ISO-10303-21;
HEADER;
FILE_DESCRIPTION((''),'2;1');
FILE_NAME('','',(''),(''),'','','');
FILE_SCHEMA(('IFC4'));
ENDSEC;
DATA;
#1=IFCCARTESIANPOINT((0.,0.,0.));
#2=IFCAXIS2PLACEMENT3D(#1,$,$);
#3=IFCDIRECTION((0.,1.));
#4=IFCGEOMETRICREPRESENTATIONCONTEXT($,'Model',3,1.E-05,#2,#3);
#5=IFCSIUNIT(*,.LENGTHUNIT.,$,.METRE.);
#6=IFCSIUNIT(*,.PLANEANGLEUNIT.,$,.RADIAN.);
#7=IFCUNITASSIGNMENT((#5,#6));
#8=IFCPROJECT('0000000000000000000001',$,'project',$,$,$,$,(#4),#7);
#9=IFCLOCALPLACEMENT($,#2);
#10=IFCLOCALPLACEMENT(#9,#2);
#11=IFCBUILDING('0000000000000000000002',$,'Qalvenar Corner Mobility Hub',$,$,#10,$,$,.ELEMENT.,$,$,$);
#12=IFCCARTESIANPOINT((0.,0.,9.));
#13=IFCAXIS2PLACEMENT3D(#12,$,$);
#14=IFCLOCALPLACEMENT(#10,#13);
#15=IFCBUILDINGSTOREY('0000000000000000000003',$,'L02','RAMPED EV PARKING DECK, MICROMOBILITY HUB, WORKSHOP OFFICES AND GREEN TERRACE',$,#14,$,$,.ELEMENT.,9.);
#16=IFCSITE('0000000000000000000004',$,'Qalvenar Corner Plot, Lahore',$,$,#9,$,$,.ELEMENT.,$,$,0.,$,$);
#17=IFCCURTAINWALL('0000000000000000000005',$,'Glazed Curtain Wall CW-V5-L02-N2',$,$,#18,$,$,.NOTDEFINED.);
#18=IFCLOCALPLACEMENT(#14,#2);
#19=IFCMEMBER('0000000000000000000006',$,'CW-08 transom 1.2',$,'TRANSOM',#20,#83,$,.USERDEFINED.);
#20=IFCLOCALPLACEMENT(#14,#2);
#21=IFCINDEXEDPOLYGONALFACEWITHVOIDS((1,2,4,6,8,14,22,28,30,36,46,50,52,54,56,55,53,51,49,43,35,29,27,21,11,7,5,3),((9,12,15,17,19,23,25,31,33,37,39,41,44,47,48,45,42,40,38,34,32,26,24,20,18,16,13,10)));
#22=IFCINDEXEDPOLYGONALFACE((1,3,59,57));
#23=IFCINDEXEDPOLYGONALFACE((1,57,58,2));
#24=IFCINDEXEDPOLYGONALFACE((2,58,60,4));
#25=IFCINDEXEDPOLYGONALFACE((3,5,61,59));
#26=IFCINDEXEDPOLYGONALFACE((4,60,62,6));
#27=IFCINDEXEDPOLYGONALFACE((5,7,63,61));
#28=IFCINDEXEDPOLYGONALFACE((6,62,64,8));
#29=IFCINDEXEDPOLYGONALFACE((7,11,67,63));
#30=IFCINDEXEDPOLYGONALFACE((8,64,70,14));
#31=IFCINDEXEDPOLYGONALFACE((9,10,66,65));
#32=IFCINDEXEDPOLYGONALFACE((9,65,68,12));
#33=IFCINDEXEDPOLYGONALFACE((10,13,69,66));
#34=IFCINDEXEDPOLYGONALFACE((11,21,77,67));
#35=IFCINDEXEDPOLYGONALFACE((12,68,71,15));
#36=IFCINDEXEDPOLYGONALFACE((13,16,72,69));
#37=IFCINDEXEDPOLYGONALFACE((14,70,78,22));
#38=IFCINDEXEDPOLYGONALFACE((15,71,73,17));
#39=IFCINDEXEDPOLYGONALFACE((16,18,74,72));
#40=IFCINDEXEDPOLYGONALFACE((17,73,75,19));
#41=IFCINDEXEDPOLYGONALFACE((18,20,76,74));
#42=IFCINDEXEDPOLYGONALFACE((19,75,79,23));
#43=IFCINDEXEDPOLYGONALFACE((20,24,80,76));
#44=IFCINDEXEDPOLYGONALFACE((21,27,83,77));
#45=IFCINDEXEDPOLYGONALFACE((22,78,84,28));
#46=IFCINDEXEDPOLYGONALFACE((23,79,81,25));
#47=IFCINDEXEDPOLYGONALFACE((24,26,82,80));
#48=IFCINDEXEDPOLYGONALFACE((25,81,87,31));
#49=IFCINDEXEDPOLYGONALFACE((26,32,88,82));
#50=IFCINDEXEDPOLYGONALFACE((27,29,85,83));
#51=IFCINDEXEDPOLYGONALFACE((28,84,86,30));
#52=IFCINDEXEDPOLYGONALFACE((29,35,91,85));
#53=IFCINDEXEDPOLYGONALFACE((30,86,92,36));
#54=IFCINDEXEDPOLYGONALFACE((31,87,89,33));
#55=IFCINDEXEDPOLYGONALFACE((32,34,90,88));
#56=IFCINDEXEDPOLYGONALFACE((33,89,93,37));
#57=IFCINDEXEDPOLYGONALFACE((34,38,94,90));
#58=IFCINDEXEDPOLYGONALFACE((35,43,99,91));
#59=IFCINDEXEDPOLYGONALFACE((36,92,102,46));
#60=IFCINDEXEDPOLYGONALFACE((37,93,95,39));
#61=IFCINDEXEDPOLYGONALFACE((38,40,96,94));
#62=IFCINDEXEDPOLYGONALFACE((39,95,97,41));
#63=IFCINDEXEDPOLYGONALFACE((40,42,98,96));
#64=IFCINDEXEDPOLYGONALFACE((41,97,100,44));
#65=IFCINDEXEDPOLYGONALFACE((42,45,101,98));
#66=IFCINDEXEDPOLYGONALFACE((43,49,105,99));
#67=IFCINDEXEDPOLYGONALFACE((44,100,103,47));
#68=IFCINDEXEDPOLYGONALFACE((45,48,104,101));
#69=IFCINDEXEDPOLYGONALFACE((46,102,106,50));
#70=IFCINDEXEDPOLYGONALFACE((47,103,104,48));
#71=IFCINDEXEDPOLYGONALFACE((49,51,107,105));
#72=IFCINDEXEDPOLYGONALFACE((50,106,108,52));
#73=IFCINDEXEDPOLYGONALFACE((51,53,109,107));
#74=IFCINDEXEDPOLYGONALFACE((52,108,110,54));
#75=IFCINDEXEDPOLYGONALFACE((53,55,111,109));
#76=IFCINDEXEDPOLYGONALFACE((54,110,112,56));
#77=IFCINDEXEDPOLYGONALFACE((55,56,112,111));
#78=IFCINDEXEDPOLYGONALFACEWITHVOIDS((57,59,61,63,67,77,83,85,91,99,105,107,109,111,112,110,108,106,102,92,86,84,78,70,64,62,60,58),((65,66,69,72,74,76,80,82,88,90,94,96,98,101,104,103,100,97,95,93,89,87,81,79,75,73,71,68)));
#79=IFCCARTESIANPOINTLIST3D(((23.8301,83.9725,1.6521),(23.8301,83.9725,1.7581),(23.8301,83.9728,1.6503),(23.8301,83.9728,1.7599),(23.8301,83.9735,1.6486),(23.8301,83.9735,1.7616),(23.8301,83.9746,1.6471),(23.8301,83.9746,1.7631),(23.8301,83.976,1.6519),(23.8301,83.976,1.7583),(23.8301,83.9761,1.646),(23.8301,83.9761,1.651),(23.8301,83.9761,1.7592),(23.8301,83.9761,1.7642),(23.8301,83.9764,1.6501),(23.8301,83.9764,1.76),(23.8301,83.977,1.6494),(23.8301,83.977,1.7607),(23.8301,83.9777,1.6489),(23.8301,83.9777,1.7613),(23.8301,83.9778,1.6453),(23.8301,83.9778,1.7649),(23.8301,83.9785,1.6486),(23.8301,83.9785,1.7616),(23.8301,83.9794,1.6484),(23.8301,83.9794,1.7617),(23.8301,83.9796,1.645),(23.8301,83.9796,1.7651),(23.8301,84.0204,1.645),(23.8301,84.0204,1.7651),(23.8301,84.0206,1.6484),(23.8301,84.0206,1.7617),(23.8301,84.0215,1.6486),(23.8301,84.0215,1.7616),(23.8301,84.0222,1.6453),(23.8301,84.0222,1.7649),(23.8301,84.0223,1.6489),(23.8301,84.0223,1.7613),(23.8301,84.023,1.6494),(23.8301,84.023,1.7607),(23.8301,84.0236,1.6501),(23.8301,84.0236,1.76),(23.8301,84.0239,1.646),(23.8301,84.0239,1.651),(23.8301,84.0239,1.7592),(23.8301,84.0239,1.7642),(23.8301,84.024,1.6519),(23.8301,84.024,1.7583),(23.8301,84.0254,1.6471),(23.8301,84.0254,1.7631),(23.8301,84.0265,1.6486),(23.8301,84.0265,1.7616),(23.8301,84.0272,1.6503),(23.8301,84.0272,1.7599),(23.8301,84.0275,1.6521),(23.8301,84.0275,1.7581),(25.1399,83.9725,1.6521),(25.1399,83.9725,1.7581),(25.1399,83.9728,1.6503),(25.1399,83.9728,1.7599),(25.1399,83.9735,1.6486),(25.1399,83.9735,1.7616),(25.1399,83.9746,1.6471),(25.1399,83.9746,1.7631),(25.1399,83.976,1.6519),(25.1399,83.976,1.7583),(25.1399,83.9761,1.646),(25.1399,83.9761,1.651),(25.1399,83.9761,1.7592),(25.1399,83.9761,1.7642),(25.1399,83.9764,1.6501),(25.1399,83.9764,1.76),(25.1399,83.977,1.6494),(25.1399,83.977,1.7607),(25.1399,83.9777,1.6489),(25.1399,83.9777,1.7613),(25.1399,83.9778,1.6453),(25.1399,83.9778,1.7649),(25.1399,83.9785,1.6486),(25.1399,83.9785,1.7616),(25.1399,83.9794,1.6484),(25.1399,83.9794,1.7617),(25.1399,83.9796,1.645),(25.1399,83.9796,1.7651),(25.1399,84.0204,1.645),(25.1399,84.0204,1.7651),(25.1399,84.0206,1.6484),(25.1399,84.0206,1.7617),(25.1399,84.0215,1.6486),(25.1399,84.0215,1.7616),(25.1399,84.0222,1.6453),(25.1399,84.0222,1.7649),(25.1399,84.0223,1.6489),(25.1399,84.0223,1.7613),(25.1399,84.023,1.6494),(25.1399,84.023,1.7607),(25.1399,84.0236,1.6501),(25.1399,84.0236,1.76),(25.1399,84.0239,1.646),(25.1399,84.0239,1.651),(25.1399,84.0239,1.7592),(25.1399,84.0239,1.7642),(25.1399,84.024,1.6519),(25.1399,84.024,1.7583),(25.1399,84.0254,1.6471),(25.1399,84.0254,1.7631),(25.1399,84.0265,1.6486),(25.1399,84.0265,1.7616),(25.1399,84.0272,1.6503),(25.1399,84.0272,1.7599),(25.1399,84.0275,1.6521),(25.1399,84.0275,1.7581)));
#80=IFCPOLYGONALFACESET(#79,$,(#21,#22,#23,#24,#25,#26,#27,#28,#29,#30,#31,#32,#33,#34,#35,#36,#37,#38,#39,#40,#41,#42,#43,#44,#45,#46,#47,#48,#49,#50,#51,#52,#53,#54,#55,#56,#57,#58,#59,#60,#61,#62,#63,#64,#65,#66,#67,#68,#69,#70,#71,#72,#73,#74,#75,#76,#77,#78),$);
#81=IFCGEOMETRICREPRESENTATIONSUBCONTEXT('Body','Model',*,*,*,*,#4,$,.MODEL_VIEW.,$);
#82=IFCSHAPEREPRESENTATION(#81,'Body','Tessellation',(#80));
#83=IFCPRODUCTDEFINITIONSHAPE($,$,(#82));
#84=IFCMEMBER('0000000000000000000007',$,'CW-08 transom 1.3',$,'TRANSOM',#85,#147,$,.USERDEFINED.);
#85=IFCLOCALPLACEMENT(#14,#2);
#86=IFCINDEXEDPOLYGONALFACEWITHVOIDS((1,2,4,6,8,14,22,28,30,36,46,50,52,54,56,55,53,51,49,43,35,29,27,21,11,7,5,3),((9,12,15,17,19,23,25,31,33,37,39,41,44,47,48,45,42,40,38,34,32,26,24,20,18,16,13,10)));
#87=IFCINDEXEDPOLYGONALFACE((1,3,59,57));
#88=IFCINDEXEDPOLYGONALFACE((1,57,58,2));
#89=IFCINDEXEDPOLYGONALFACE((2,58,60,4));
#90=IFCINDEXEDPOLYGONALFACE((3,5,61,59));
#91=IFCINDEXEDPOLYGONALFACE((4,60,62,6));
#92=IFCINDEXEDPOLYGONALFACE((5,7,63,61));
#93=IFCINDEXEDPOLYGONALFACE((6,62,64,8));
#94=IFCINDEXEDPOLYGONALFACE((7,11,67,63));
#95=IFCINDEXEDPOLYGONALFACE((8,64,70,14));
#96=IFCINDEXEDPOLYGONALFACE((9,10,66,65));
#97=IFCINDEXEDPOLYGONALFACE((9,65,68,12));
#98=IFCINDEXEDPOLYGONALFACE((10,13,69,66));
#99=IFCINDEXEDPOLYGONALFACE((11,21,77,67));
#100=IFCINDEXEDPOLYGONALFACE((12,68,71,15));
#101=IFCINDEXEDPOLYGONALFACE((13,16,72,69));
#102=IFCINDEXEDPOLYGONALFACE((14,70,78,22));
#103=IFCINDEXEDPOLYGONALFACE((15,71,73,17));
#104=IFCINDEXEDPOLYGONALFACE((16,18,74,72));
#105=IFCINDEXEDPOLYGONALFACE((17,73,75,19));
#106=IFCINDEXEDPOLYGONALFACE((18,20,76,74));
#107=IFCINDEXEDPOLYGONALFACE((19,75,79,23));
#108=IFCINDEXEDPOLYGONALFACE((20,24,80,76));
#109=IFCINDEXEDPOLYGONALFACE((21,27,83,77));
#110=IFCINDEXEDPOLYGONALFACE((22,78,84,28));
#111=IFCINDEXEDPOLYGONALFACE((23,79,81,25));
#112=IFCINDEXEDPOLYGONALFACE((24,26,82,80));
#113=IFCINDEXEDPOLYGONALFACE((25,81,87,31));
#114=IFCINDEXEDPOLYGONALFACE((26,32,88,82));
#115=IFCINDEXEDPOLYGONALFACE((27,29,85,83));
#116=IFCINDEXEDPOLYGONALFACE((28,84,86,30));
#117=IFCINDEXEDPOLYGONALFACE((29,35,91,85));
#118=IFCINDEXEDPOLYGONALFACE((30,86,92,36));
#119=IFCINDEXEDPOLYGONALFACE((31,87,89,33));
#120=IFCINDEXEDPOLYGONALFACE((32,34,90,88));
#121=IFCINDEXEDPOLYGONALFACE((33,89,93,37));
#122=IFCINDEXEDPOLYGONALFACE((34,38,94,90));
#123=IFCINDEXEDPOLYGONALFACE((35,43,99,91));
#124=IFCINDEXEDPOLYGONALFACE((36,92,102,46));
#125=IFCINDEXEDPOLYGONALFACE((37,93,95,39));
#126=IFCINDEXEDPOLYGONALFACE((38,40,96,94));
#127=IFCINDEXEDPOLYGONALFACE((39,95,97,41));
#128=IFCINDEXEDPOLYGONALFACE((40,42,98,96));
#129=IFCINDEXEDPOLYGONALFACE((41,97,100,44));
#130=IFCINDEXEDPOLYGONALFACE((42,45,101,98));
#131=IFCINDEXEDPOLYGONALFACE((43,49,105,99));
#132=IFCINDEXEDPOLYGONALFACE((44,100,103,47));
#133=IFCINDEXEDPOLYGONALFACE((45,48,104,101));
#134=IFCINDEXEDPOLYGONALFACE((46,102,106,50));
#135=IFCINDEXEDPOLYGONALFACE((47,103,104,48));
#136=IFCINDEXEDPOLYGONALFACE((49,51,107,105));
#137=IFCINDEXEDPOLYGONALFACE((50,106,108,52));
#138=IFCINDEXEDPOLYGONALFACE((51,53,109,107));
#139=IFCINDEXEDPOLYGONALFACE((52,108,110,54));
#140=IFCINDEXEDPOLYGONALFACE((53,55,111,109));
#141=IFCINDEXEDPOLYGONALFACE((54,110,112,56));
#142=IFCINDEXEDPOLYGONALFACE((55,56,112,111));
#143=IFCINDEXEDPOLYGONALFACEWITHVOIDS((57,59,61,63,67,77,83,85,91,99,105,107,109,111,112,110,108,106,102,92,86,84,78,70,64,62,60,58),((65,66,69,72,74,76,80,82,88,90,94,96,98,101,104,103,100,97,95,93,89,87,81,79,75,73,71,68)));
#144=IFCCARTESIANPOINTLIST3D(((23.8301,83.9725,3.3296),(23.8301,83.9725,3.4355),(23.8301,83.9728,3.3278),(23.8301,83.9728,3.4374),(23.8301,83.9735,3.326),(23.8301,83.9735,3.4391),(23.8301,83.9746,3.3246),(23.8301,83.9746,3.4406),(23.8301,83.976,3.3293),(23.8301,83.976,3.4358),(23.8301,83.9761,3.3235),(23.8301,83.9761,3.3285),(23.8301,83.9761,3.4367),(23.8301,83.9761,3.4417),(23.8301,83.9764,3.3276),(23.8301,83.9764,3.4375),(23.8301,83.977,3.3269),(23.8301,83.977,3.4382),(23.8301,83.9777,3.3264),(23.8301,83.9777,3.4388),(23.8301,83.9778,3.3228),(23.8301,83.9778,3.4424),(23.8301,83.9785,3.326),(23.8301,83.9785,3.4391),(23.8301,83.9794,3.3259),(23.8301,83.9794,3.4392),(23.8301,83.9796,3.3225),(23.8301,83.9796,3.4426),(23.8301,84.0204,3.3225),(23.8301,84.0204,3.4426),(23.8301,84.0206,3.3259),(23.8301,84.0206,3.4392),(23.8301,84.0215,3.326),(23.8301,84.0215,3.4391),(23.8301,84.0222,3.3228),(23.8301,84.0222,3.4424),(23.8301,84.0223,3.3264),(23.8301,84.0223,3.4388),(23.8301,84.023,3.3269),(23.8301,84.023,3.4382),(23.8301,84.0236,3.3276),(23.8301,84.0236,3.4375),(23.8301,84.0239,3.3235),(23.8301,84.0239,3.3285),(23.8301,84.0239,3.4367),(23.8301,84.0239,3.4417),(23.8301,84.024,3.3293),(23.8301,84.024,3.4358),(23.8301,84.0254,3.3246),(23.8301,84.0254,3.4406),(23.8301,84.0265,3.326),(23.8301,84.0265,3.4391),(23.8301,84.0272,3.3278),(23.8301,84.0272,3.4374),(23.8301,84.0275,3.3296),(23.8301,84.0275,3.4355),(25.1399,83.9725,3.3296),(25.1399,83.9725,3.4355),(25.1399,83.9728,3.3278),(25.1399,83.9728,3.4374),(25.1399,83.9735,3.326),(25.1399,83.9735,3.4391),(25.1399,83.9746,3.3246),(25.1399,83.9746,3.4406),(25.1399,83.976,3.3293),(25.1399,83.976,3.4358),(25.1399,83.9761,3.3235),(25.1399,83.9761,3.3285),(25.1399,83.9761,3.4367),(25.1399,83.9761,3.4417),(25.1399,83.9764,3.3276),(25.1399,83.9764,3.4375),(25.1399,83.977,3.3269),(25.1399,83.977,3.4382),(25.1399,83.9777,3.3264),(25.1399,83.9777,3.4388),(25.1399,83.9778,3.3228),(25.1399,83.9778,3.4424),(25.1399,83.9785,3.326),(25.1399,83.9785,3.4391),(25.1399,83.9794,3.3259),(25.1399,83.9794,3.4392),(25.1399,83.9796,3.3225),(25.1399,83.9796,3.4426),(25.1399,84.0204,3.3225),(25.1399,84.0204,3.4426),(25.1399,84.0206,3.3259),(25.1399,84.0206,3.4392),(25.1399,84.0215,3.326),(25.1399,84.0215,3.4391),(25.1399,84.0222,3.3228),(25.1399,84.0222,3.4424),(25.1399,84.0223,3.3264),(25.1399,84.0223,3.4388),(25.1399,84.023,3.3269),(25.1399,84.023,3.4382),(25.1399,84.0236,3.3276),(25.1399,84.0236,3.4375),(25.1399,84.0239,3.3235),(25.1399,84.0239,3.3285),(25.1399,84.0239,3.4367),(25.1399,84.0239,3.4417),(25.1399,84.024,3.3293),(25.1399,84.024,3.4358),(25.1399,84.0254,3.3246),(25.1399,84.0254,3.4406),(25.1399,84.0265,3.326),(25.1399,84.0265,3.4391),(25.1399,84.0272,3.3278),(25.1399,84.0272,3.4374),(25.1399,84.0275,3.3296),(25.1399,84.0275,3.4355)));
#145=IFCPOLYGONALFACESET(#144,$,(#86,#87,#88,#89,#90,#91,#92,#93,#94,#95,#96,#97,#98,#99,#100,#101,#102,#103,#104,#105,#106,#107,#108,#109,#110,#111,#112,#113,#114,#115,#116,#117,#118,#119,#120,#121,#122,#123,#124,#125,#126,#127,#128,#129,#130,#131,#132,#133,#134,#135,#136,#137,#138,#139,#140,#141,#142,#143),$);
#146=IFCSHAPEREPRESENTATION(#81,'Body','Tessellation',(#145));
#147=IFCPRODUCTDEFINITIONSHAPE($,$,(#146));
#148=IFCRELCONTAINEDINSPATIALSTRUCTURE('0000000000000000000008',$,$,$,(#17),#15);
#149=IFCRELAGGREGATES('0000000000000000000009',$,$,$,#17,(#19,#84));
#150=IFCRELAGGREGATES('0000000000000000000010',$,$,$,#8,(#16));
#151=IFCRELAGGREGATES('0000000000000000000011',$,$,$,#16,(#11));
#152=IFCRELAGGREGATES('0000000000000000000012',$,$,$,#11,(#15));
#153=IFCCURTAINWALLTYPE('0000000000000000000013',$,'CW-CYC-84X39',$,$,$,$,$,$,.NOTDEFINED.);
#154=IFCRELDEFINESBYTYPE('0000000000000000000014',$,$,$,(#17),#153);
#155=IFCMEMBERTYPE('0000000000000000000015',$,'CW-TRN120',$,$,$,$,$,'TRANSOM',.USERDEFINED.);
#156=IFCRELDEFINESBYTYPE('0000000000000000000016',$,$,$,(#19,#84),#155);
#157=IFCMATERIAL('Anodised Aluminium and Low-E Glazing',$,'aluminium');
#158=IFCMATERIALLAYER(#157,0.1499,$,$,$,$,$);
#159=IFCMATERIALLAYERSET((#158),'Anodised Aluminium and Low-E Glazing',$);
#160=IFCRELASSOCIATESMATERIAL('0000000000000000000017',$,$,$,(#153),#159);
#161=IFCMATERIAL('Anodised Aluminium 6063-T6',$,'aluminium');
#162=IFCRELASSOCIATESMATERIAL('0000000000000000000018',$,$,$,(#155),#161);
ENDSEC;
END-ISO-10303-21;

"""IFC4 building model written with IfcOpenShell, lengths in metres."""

from ifc_helpers import new_model, si_unit, direction, frame, origin, origin_2d, place, context, subcontext, project, spatial, hollow_rectangle, extrude, material, layer, layer_set, material_profile, profile_set, type_object, element, aggregate, save


model = new_model("IFC4")

# Units and contexts
model_context = context("Model", 3, precision=1e-05, world=origin(), true_north=direction((0.0, 1.0)))
body_context = subcontext(model_context, "Body", "Model", "MODEL_VIEW")
ifc_project = project(units=[si_unit("LENGTHUNIT", "METRE"), si_unit("PLANEANGLEUNIT", "RADIAN")], contexts=[model_context])

# Site, building, storey
site_placement = place(None, origin())
site = spatial("IfcSite", under=ifc_project, at=site_placement, Name="Qalvenar Corner Plot, Lahore", CompositionType="ELEMENT", RefElevation=0.0)
building_placement = place(site_placement, origin())
building = spatial("IfcBuilding", under=site, at=building_placement, Name="Qalvenar Corner Mobility Hub", CompositionType="ELEMENT")
storey_placement = place(building_placement, frame((0.0, 0.0, 9.0)))
storey = spatial("IfcBuildingStorey", under=building, at=storey_placement, Name="L02", Description="RAMPED EV PARKING DECK, MICROMOBILITY HUB, WORKSHOP OFFICES AND GREEN TERRACE", CompositionType="ELEMENT", Elevation=9.0)

# Shared definitions
ifc_material_1 = material(Name="Anodised Aluminium and Low-E Glazing", Category="aluminium")
ifc_layer_1 = layer(ifc_material_1, 0.1499)
ifc_layer_set_1 = layer_set([ifc_layer_1], Name="Anodised Aluminium and Low-E Glazing")
curtain_wall_type = type_object("IfcCurtainWallType", Name="CW-CYC-84X39", PredefinedType="NOTDEFINED", material=ifc_layer_set_1)
ifc_material_2 = material(Name="Anodised Aluminium 6063-T6", Category="aluminium")

# Curtain wall
curtain_wall_1_placement = place(storey_placement, origin())
curtain_wall_1 = element("IfcCurtainWall", 1, at=curtain_wall_1_placement, inside=storey, type_object=curtain_wall_type, Name="Glazed Curtain Wall CW-V5-L02-N2", PredefinedType="NOTDEFINED")

# Members
ifc_material_profile_1 = material_profile(ifc_material_2, hollow_rectangle(XDim=0.0549, YDim=0.1201, WallThickness=0.0034, InnerFilletRadius=0.0034, OuterFilletRadius=0.0071, at=origin_2d()), Name="RHS120x55x3.5")
ifc_profile_set_1 = profile_set([ifc_material_profile_1], Name="Anodised Aluminium 6063-T6")
member_type_1 = type_object("IfcMemberType", Name="CW-TRN120", ElementType="TRANSOM", PredefinedType="USERDEFINED", material=ifc_profile_set_1)
member_1_placement = place(storey_placement, frame((25.1399, 84.0, 1.7051), z_axis=(-1.0, 0.0, 0.0), x_axis=(0.0, -1.0, 0.0)))
member_1 = element("IfcMember", 2, at=member_1_placement, type_object=member_type_1, Name="CW-08 transom 1.2", ObjectType="TRANSOM", PredefinedType="USERDEFINED", context=body_context, shape_type="SweptSolid", body=[
    extrude(hollow_rectangle(XDim=0.0549, YDim=0.1201, WallThickness=0.0034, InnerFilletRadius=0.0034, OuterFilletRadius=0.0071, at=origin_2d()), origin(), (0.0, 0.0, 1.0), 1.3098),
])
member_2_placement = place(storey_placement, frame((25.1399, 84.0, 3.3826), z_axis=(-1.0, 0.0, 0.0), x_axis=(0.0, -1.0, 0.0)))
member_2 = element("IfcMember", 3, at=member_2_placement, type_object=member_type_1, Name="CW-08 transom 1.3", ObjectType="TRANSOM", PredefinedType="USERDEFINED", context=body_context, shape_type="SweptSolid", body=[
    extrude(hollow_rectangle(XDim=0.0549, YDim=0.1201, WallThickness=0.0034, InnerFilletRadius=0.0034, OuterFilletRadius=0.0071, at=origin_2d()), origin(), (0.0, 0.0, 1.0), 1.3098),
])

aggregate(curtain_wall_1, [member_1, member_2])

save(model, "model.ifc")
